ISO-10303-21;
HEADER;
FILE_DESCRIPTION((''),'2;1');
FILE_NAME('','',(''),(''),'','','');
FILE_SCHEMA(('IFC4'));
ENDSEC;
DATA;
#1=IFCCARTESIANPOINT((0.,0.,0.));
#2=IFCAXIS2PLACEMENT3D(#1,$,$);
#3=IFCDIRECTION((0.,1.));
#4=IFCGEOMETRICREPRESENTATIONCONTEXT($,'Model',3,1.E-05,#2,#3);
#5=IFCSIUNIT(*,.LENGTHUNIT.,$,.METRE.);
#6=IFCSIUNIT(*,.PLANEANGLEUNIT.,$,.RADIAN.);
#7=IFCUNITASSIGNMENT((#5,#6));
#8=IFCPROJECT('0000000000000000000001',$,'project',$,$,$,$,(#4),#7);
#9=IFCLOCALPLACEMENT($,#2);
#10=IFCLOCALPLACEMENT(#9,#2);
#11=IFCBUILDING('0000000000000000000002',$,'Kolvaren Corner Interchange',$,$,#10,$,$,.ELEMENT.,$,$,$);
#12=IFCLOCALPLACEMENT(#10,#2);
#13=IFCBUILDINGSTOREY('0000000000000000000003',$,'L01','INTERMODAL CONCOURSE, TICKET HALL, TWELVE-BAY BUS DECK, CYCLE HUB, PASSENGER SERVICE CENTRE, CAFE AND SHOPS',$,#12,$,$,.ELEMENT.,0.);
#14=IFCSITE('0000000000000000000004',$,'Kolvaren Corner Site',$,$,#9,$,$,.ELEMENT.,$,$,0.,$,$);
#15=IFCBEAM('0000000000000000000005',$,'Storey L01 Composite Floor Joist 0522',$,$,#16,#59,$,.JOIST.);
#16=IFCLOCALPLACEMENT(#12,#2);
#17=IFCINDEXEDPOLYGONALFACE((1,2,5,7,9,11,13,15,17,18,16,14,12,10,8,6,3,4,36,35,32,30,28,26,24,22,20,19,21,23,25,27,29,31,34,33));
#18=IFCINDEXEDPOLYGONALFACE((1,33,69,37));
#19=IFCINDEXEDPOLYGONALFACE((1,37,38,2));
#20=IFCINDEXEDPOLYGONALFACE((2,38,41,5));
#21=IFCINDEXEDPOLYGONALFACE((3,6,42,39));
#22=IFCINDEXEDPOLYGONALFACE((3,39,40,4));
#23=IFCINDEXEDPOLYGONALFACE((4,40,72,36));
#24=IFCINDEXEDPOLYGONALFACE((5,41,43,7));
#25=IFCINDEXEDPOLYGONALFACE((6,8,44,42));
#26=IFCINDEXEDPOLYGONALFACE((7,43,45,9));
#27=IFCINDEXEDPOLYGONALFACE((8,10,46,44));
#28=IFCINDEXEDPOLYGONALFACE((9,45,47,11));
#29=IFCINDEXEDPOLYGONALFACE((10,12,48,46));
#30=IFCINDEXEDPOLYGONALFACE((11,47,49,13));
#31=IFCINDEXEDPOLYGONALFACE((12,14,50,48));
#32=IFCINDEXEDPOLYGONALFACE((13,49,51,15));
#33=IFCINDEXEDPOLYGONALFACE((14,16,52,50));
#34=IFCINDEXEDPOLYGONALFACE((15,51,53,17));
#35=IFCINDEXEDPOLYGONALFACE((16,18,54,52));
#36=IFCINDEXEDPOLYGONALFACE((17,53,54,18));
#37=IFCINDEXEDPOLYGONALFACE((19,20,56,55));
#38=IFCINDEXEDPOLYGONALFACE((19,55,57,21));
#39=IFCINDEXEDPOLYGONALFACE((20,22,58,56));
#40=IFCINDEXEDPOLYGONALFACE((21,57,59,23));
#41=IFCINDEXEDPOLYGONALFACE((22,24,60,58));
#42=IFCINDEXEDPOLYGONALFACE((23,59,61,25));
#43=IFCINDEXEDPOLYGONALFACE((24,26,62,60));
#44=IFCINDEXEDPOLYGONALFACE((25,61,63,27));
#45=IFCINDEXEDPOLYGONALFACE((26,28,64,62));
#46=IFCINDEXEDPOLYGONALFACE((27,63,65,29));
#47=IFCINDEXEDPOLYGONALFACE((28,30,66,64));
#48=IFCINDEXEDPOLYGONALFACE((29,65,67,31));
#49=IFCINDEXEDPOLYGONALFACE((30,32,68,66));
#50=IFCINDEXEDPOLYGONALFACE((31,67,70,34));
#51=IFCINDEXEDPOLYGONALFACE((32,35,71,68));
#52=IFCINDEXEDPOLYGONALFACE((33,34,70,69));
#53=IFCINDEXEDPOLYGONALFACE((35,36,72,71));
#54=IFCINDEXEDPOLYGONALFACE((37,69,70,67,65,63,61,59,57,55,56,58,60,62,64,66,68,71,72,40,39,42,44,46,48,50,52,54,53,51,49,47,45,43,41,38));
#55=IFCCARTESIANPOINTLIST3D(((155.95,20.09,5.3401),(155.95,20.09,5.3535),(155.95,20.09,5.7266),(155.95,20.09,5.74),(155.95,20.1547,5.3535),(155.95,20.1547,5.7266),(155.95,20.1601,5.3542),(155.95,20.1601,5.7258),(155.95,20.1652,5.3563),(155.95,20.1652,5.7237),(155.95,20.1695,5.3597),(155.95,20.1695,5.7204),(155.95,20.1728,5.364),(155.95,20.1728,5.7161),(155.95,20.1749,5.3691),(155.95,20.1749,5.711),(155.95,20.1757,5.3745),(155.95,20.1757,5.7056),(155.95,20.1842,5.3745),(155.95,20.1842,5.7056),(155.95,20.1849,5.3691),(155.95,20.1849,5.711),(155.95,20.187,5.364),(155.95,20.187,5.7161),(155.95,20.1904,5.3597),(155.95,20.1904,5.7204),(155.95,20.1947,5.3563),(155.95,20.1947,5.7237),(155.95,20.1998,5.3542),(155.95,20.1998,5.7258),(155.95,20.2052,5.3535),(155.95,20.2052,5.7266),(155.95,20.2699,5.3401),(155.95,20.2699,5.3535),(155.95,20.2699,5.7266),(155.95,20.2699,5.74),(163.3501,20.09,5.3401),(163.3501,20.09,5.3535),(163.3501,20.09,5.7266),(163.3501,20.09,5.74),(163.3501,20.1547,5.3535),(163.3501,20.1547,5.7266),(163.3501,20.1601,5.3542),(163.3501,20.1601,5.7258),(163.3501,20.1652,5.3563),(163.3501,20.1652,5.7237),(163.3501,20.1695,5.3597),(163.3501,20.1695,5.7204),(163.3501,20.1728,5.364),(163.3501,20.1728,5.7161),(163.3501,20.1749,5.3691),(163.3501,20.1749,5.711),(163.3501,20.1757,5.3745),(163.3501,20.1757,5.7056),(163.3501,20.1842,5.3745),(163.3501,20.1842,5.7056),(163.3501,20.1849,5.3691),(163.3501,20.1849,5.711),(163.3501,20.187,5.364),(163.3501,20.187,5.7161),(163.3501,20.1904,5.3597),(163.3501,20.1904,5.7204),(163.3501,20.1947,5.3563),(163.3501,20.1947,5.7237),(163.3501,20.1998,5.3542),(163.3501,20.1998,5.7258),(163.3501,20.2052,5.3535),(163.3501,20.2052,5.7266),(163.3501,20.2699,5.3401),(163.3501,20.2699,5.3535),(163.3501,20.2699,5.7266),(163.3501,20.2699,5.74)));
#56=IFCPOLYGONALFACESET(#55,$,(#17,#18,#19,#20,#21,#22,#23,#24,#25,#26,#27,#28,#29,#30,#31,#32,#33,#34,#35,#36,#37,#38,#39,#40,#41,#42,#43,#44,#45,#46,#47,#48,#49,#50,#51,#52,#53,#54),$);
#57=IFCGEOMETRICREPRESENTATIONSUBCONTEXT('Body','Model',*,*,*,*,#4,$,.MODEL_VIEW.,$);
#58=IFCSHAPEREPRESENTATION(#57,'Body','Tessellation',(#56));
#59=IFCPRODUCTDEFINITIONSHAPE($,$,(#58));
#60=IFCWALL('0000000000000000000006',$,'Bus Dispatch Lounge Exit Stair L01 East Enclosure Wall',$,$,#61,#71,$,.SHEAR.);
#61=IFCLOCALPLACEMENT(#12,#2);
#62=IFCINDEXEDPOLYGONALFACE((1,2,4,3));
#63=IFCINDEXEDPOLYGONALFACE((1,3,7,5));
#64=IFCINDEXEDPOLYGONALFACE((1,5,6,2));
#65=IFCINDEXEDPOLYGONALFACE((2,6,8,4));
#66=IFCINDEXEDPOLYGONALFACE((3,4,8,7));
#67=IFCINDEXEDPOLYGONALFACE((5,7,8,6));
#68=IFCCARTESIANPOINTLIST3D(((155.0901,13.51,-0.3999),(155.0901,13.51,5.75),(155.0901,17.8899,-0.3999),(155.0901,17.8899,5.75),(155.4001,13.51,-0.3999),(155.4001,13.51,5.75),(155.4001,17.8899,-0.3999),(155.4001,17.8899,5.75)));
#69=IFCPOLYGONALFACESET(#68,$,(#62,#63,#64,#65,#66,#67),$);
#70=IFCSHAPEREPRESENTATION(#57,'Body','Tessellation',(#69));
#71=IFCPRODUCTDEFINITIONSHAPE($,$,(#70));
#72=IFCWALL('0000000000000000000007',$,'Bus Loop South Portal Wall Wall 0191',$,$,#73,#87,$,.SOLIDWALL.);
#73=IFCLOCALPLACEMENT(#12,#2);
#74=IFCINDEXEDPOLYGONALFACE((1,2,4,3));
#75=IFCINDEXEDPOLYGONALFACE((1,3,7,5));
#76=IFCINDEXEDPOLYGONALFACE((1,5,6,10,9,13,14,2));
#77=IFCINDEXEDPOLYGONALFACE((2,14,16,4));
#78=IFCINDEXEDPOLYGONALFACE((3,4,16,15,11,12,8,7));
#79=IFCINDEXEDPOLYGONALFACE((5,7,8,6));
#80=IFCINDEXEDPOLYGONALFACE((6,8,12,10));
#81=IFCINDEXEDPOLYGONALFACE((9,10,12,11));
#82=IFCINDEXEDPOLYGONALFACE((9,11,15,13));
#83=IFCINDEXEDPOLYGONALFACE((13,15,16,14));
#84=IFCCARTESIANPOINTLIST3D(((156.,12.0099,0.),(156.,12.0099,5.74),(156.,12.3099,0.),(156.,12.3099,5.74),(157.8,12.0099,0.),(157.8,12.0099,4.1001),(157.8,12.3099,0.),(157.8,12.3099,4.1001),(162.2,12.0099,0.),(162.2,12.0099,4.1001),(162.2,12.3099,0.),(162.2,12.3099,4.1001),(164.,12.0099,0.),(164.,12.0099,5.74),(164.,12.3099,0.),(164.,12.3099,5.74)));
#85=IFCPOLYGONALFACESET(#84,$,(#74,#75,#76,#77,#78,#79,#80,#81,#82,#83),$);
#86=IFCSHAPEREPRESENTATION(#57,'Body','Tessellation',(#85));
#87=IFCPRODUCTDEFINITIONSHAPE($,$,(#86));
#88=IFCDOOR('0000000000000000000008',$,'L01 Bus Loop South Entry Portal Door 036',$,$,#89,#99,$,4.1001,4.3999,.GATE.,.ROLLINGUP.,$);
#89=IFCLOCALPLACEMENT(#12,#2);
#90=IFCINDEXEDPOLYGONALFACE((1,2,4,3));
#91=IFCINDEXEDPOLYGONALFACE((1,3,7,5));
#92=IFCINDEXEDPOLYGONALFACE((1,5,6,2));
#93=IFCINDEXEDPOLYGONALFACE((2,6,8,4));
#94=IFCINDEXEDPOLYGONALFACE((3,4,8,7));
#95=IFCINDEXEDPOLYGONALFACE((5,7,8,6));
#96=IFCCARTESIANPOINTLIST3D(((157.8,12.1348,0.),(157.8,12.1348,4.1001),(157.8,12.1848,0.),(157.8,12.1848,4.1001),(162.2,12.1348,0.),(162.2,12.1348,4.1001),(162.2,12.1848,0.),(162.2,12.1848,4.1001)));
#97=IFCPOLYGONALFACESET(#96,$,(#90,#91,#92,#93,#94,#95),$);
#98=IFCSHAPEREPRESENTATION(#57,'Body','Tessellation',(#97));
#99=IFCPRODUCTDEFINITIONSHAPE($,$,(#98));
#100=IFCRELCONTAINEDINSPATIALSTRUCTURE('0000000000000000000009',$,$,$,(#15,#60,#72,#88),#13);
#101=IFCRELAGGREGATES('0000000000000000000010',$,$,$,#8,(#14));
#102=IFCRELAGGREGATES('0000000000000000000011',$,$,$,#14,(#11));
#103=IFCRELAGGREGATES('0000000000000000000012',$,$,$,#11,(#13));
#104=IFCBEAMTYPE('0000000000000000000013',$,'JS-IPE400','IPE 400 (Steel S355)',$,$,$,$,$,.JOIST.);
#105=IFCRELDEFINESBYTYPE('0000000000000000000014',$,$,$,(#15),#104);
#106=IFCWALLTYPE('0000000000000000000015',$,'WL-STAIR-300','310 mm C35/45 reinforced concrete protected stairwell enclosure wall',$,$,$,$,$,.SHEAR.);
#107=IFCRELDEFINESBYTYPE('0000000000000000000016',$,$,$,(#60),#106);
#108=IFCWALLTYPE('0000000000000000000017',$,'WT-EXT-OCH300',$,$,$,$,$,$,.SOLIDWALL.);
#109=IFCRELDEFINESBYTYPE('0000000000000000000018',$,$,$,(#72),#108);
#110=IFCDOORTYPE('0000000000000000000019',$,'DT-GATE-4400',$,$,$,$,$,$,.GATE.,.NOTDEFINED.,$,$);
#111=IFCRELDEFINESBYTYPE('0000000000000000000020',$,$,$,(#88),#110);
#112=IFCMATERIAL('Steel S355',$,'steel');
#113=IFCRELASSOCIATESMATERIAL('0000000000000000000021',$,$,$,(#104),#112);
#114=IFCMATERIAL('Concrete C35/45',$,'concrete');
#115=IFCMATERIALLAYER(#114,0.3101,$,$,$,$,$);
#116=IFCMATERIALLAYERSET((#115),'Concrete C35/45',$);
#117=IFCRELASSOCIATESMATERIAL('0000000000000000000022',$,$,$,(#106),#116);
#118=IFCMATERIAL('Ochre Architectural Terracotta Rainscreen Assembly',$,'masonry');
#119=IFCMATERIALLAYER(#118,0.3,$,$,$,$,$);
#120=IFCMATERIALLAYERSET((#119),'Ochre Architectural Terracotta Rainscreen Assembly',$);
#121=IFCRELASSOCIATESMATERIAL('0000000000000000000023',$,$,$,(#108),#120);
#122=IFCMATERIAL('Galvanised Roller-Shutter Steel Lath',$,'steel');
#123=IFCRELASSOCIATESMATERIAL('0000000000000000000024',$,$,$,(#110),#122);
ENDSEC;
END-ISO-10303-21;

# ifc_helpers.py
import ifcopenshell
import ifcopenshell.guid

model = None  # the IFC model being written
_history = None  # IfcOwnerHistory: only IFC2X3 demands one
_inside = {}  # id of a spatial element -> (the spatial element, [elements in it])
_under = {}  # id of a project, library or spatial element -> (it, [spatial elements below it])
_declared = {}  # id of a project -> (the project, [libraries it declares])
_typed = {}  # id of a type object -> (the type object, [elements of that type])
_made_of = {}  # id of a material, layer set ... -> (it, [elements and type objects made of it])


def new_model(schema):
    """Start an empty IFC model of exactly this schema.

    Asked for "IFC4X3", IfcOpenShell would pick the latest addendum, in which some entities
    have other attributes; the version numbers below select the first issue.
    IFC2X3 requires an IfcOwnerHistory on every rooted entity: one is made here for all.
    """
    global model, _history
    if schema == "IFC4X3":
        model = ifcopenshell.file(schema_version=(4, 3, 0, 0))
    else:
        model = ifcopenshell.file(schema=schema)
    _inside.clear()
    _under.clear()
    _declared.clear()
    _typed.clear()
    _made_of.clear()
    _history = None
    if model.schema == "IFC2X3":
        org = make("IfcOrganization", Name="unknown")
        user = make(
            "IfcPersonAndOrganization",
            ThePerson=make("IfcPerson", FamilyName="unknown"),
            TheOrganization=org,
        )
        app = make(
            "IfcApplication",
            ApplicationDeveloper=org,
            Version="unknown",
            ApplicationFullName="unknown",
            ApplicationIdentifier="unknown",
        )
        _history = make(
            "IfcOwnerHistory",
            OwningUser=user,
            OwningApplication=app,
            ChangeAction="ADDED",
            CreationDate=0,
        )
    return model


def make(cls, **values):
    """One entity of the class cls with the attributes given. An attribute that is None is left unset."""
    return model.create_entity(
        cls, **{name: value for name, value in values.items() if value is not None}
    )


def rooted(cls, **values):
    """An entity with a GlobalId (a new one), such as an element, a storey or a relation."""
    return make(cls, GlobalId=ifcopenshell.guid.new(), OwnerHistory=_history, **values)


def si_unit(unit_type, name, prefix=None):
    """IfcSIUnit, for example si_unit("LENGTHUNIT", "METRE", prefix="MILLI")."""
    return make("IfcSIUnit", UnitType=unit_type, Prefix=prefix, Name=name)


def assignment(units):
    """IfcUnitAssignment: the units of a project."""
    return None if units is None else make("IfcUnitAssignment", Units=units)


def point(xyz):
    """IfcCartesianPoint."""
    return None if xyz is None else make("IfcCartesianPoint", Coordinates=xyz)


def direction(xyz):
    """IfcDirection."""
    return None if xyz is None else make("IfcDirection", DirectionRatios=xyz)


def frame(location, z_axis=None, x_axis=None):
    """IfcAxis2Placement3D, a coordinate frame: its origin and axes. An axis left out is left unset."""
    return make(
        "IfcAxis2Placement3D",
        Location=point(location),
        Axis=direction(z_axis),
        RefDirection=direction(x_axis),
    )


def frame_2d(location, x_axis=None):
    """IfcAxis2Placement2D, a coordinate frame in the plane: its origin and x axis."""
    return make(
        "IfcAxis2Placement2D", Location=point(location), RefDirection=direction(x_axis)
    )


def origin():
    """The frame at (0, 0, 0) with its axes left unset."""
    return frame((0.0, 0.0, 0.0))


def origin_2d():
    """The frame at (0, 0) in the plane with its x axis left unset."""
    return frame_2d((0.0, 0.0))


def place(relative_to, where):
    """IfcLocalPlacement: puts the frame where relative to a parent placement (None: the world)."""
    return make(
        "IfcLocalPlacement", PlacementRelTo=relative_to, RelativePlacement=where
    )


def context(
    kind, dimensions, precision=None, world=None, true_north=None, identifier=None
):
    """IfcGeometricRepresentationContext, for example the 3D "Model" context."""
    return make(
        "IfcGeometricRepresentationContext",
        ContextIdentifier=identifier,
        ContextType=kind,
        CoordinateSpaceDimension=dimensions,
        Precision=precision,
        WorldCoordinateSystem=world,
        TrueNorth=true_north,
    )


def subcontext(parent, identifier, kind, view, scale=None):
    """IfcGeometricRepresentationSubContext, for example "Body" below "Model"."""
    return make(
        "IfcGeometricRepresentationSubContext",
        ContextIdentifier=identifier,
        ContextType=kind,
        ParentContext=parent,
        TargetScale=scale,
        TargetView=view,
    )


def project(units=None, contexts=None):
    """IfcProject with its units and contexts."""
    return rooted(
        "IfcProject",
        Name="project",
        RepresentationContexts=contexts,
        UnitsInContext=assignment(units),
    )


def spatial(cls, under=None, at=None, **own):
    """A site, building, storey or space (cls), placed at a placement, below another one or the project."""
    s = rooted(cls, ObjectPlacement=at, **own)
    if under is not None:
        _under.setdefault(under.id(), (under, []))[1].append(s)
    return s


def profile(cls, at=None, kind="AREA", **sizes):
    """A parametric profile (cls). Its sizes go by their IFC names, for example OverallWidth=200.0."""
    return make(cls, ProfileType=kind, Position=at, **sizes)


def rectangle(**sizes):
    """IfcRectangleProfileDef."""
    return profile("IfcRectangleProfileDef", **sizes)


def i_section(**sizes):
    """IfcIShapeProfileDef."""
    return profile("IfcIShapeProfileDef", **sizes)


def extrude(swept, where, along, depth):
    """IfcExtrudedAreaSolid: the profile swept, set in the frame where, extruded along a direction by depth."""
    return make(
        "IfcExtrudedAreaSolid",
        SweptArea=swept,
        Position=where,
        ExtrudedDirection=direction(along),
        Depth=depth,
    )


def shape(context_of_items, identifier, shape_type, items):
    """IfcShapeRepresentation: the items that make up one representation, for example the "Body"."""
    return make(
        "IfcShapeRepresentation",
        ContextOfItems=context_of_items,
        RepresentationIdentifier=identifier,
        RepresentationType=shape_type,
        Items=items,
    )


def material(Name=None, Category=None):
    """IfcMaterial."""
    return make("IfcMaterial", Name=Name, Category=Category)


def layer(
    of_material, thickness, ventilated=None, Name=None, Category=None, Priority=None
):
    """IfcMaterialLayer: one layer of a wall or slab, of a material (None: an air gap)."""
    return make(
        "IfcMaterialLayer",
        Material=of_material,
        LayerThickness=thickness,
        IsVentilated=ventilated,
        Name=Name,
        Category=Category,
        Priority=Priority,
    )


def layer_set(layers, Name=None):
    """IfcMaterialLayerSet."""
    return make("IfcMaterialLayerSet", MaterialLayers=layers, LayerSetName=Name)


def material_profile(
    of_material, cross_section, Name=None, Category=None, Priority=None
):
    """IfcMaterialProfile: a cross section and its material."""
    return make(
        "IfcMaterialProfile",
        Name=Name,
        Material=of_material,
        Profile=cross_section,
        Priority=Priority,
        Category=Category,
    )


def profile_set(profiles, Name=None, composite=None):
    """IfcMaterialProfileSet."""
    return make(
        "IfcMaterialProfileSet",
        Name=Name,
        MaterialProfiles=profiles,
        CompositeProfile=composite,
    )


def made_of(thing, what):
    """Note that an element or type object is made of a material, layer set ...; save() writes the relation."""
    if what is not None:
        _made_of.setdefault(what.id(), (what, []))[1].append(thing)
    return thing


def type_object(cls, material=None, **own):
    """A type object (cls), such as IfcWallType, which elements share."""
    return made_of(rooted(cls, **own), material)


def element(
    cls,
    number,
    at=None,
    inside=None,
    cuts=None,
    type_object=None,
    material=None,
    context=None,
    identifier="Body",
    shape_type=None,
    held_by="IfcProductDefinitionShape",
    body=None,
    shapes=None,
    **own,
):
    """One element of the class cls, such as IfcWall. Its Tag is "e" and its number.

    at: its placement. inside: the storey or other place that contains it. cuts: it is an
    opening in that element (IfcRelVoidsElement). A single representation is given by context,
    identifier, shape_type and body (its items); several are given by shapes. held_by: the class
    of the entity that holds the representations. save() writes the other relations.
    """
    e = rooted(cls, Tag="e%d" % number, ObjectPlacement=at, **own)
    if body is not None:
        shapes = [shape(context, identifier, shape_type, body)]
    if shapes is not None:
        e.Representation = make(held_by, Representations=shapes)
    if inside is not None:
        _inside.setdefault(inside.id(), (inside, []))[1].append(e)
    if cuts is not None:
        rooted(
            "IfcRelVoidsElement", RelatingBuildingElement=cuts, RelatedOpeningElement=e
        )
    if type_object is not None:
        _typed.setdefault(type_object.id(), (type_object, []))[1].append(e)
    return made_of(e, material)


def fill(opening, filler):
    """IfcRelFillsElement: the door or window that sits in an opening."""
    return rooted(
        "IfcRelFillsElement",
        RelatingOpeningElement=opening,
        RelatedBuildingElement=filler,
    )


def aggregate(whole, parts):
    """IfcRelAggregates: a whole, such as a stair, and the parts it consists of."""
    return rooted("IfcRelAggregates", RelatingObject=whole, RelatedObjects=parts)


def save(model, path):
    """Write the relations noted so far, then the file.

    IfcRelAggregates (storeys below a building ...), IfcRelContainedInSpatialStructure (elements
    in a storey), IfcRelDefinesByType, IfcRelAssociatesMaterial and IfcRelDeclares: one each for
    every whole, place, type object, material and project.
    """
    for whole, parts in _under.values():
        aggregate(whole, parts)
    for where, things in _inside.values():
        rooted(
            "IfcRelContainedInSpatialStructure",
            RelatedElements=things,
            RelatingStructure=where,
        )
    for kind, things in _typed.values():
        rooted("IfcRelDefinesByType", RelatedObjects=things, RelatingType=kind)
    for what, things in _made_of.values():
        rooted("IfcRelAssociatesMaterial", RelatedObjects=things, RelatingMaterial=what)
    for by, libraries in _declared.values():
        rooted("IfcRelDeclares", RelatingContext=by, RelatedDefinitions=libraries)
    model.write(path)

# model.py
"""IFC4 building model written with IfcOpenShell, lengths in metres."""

from ifc_helpers import new_model, si_unit, direction, frame, frame_2d, origin, origin_2d, place, context, subcontext, project, spatial, rectangle, i_section, extrude, material, layer, layer_set, material_profile, profile_set, type_object, element, fill, save


model = new_model("IFC4")

# Units and contexts
model_context = context("Model", 3, precision=1e-05, world=origin(), true_north=direction((0.0, 1.0)))
body_context = subcontext(model_context, "Body", "Model", "MODEL_VIEW")
ifc_project = project(units=[si_unit("LENGTHUNIT", "METRE"), si_unit("PLANEANGLEUNIT", "RADIAN")], contexts=[model_context])

# Site, building, storey
site_placement = place(None, origin())
site = spatial("IfcSite", under=ifc_project, at=site_placement, Name="Kolvaren Corner Site", CompositionType="ELEMENT", RefElevation=0.0)
building_placement = place(site_placement, origin())
building = spatial("IfcBuilding", under=site, at=building_placement, Name="Kolvaren Corner Interchange", CompositionType="ELEMENT")
storey_placement = place(building_placement, origin())
storey = spatial("IfcBuildingStorey", under=building, at=storey_placement, Name="L01", Description="INTERMODAL CONCOURSE, TICKET HALL, TWELVE-BAY BUS DECK, CYCLE HUB, PASSENGER SERVICE CENTRE, CAFE AND SHOPS", CompositionType="ELEMENT", Elevation=0.0)

# Beam
ifc_material_1 = material(Name="Steel S355", Category="steel")
ifc_material_profile_1 = material_profile(ifc_material_1, i_section(OverallWidth=0.1799, OverallDepth=0.3999, WebThickness=0.0085, FlangeThickness=0.0134, FilletRadius=0.021, at=origin_2d()), Name="IPE 400")
ifc_profile_set_1 = profile_set([ifc_material_profile_1], Name="Steel S355")
beam_type_1 = type_object("IfcBeamType", Name="JS-IPE400", Description="IPE 400 (Steel S355)", PredefinedType="JOIST", material=ifc_profile_set_1)
for number, where, z_axis, x_axis, name in (
    (1, (155.95, 20.1799, 5.54), (1.0, 0.0, 0.0), (0.0, 1.0, 0.0), "Storey L01 Composite Floor Joist 0522"),
):
    element("IfcBeam", number, at=place(storey_placement, frame(where, z_axis=z_axis, x_axis=x_axis)), inside=storey, type_object=beam_type_1, Name=name, PredefinedType="JOIST", context=body_context, shape_type="SweptSolid", body=[
        extrude(i_section(OverallWidth=0.1799, OverallDepth=0.3999, WebThickness=0.0085, FlangeThickness=0.0134, FilletRadius=0.021, at=origin_2d()), origin(), (0.0, 0.0, 1.0), 7.4001),
    ])

# Wall
ifc_material_2 = material(Name="Concrete C35/45", Category="concrete")
ifc_layer_1 = layer(ifc_material_2, 0.3101)
ifc_layer_set_1 = layer_set([ifc_layer_1], Name="Concrete C35/45")
wall_type_1 = type_object("IfcWallType", Name="WL-STAIR-300", Description="310 mm C35/45 reinforced concrete protected stairwell enclosure wall", PredefinedType="SHEAR", material=ifc_layer_set_1)
wall_1_placement = place(storey_placement, frame((155.2451, 13.51, -0.3999), z_axis=(0.0, 0.0, 1.0), x_axis=(0.0, 1.0, 0.0)))
element("IfcWall", 2, at=wall_1_placement, inside=storey, type_object=wall_type_1, Name="Bus Dispatch Lounge Exit Stair L01 East Enclosure Wall", PredefinedType="SHEAR", context=body_context, shape_type="SweptSolid", body=[
    extrude(rectangle(XDim=4.3799, YDim=0.3101, at=frame_2d((2.1899, 0.0))), origin(), (0.0, 0.0, 1.0), 6.1499),
])

# Wall, opening, door
ifc_material_3 = material(Name="Ochre Architectural Terracotta Rainscreen Assembly", Category="masonry")
ifc_layer_2 = layer(ifc_material_3, 0.3)
ifc_layer_set_2 = layer_set([ifc_layer_2], Name="Ochre Architectural Terracotta Rainscreen Assembly")
wall_type_2 = type_object("IfcWallType", Name="WT-EXT-OCH300", PredefinedType="SOLIDWALL", material=ifc_layer_set_2)
wall_2_placement = place(storey_placement, frame((156.0, 12.1599, 0.0), z_axis=(0.0, 0.0, 1.0), x_axis=(1.0, 0.0, 0.0)))
wall_2 = element("IfcWall", 3, at=wall_2_placement, inside=storey, type_object=wall_type_2, Name="Bus Loop South Portal Wall Wall 0191", PredefinedType="SOLIDWALL", context=body_context, shape_type="SweptSolid", body=[
    extrude(rectangle(XDim=8.0, YDim=0.3, at=frame_2d((4.0, 0.0))), origin(), (0.0, 0.0, 1.0), 5.74),
])
opening_1_placement = place(wall_2_placement, frame((1.8, 0.0, 0.0)))
opening_1 = element("IfcOpeningElement", 4, at=opening_1_placement, cuts=wall_2, PredefinedType="OPENING", context=body_context, shape_type="SweptSolid", body=[
    extrude(rectangle(XDim=4.3999, YDim=4.1001, at=frame_2d((2.2, 2.05))), frame((0.0, 0.1599, 0.0), z_axis=(0.0, -1.0, 0.0), x_axis=(1.0, 0.0, 0.0)), (0.0, 0.0, 1.0), 0.3201),
])
ifc_material_4 = material(Name="Galvanised Roller-Shutter Steel Lath", Category="steel")
door_type_1 = type_object("IfcDoorType", Name="DT-GATE-4400", OperationType="NOTDEFINED", PredefinedType="GATE", material=ifc_material_4)
door_1_placement = place(opening_1_placement, origin())
door_1 = element("IfcDoor", 5, at=door_1_placement, inside=storey, type_object=door_type_1, Name="L01 Bus Loop South Entry Portal Door 036", OperationType="ROLLINGUP", OverallHeight=4.1001, OverallWidth=4.3999, PredefinedType="GATE", context=body_context, shape_type="SweptSolid", body=[
    extrude(rectangle(XDim=4.3999, YDim=4.1001, at=frame_2d((2.2, 2.05))), frame((0.0, 0.0249, 0.0), z_axis=(0.0, -1.0, 0.0), x_axis=(1.0, 0.0, 0.0)), (0.0, 0.0, 1.0), 0.05),
])
fill(opening_1, door_1)

save(model, "model.ifc")
